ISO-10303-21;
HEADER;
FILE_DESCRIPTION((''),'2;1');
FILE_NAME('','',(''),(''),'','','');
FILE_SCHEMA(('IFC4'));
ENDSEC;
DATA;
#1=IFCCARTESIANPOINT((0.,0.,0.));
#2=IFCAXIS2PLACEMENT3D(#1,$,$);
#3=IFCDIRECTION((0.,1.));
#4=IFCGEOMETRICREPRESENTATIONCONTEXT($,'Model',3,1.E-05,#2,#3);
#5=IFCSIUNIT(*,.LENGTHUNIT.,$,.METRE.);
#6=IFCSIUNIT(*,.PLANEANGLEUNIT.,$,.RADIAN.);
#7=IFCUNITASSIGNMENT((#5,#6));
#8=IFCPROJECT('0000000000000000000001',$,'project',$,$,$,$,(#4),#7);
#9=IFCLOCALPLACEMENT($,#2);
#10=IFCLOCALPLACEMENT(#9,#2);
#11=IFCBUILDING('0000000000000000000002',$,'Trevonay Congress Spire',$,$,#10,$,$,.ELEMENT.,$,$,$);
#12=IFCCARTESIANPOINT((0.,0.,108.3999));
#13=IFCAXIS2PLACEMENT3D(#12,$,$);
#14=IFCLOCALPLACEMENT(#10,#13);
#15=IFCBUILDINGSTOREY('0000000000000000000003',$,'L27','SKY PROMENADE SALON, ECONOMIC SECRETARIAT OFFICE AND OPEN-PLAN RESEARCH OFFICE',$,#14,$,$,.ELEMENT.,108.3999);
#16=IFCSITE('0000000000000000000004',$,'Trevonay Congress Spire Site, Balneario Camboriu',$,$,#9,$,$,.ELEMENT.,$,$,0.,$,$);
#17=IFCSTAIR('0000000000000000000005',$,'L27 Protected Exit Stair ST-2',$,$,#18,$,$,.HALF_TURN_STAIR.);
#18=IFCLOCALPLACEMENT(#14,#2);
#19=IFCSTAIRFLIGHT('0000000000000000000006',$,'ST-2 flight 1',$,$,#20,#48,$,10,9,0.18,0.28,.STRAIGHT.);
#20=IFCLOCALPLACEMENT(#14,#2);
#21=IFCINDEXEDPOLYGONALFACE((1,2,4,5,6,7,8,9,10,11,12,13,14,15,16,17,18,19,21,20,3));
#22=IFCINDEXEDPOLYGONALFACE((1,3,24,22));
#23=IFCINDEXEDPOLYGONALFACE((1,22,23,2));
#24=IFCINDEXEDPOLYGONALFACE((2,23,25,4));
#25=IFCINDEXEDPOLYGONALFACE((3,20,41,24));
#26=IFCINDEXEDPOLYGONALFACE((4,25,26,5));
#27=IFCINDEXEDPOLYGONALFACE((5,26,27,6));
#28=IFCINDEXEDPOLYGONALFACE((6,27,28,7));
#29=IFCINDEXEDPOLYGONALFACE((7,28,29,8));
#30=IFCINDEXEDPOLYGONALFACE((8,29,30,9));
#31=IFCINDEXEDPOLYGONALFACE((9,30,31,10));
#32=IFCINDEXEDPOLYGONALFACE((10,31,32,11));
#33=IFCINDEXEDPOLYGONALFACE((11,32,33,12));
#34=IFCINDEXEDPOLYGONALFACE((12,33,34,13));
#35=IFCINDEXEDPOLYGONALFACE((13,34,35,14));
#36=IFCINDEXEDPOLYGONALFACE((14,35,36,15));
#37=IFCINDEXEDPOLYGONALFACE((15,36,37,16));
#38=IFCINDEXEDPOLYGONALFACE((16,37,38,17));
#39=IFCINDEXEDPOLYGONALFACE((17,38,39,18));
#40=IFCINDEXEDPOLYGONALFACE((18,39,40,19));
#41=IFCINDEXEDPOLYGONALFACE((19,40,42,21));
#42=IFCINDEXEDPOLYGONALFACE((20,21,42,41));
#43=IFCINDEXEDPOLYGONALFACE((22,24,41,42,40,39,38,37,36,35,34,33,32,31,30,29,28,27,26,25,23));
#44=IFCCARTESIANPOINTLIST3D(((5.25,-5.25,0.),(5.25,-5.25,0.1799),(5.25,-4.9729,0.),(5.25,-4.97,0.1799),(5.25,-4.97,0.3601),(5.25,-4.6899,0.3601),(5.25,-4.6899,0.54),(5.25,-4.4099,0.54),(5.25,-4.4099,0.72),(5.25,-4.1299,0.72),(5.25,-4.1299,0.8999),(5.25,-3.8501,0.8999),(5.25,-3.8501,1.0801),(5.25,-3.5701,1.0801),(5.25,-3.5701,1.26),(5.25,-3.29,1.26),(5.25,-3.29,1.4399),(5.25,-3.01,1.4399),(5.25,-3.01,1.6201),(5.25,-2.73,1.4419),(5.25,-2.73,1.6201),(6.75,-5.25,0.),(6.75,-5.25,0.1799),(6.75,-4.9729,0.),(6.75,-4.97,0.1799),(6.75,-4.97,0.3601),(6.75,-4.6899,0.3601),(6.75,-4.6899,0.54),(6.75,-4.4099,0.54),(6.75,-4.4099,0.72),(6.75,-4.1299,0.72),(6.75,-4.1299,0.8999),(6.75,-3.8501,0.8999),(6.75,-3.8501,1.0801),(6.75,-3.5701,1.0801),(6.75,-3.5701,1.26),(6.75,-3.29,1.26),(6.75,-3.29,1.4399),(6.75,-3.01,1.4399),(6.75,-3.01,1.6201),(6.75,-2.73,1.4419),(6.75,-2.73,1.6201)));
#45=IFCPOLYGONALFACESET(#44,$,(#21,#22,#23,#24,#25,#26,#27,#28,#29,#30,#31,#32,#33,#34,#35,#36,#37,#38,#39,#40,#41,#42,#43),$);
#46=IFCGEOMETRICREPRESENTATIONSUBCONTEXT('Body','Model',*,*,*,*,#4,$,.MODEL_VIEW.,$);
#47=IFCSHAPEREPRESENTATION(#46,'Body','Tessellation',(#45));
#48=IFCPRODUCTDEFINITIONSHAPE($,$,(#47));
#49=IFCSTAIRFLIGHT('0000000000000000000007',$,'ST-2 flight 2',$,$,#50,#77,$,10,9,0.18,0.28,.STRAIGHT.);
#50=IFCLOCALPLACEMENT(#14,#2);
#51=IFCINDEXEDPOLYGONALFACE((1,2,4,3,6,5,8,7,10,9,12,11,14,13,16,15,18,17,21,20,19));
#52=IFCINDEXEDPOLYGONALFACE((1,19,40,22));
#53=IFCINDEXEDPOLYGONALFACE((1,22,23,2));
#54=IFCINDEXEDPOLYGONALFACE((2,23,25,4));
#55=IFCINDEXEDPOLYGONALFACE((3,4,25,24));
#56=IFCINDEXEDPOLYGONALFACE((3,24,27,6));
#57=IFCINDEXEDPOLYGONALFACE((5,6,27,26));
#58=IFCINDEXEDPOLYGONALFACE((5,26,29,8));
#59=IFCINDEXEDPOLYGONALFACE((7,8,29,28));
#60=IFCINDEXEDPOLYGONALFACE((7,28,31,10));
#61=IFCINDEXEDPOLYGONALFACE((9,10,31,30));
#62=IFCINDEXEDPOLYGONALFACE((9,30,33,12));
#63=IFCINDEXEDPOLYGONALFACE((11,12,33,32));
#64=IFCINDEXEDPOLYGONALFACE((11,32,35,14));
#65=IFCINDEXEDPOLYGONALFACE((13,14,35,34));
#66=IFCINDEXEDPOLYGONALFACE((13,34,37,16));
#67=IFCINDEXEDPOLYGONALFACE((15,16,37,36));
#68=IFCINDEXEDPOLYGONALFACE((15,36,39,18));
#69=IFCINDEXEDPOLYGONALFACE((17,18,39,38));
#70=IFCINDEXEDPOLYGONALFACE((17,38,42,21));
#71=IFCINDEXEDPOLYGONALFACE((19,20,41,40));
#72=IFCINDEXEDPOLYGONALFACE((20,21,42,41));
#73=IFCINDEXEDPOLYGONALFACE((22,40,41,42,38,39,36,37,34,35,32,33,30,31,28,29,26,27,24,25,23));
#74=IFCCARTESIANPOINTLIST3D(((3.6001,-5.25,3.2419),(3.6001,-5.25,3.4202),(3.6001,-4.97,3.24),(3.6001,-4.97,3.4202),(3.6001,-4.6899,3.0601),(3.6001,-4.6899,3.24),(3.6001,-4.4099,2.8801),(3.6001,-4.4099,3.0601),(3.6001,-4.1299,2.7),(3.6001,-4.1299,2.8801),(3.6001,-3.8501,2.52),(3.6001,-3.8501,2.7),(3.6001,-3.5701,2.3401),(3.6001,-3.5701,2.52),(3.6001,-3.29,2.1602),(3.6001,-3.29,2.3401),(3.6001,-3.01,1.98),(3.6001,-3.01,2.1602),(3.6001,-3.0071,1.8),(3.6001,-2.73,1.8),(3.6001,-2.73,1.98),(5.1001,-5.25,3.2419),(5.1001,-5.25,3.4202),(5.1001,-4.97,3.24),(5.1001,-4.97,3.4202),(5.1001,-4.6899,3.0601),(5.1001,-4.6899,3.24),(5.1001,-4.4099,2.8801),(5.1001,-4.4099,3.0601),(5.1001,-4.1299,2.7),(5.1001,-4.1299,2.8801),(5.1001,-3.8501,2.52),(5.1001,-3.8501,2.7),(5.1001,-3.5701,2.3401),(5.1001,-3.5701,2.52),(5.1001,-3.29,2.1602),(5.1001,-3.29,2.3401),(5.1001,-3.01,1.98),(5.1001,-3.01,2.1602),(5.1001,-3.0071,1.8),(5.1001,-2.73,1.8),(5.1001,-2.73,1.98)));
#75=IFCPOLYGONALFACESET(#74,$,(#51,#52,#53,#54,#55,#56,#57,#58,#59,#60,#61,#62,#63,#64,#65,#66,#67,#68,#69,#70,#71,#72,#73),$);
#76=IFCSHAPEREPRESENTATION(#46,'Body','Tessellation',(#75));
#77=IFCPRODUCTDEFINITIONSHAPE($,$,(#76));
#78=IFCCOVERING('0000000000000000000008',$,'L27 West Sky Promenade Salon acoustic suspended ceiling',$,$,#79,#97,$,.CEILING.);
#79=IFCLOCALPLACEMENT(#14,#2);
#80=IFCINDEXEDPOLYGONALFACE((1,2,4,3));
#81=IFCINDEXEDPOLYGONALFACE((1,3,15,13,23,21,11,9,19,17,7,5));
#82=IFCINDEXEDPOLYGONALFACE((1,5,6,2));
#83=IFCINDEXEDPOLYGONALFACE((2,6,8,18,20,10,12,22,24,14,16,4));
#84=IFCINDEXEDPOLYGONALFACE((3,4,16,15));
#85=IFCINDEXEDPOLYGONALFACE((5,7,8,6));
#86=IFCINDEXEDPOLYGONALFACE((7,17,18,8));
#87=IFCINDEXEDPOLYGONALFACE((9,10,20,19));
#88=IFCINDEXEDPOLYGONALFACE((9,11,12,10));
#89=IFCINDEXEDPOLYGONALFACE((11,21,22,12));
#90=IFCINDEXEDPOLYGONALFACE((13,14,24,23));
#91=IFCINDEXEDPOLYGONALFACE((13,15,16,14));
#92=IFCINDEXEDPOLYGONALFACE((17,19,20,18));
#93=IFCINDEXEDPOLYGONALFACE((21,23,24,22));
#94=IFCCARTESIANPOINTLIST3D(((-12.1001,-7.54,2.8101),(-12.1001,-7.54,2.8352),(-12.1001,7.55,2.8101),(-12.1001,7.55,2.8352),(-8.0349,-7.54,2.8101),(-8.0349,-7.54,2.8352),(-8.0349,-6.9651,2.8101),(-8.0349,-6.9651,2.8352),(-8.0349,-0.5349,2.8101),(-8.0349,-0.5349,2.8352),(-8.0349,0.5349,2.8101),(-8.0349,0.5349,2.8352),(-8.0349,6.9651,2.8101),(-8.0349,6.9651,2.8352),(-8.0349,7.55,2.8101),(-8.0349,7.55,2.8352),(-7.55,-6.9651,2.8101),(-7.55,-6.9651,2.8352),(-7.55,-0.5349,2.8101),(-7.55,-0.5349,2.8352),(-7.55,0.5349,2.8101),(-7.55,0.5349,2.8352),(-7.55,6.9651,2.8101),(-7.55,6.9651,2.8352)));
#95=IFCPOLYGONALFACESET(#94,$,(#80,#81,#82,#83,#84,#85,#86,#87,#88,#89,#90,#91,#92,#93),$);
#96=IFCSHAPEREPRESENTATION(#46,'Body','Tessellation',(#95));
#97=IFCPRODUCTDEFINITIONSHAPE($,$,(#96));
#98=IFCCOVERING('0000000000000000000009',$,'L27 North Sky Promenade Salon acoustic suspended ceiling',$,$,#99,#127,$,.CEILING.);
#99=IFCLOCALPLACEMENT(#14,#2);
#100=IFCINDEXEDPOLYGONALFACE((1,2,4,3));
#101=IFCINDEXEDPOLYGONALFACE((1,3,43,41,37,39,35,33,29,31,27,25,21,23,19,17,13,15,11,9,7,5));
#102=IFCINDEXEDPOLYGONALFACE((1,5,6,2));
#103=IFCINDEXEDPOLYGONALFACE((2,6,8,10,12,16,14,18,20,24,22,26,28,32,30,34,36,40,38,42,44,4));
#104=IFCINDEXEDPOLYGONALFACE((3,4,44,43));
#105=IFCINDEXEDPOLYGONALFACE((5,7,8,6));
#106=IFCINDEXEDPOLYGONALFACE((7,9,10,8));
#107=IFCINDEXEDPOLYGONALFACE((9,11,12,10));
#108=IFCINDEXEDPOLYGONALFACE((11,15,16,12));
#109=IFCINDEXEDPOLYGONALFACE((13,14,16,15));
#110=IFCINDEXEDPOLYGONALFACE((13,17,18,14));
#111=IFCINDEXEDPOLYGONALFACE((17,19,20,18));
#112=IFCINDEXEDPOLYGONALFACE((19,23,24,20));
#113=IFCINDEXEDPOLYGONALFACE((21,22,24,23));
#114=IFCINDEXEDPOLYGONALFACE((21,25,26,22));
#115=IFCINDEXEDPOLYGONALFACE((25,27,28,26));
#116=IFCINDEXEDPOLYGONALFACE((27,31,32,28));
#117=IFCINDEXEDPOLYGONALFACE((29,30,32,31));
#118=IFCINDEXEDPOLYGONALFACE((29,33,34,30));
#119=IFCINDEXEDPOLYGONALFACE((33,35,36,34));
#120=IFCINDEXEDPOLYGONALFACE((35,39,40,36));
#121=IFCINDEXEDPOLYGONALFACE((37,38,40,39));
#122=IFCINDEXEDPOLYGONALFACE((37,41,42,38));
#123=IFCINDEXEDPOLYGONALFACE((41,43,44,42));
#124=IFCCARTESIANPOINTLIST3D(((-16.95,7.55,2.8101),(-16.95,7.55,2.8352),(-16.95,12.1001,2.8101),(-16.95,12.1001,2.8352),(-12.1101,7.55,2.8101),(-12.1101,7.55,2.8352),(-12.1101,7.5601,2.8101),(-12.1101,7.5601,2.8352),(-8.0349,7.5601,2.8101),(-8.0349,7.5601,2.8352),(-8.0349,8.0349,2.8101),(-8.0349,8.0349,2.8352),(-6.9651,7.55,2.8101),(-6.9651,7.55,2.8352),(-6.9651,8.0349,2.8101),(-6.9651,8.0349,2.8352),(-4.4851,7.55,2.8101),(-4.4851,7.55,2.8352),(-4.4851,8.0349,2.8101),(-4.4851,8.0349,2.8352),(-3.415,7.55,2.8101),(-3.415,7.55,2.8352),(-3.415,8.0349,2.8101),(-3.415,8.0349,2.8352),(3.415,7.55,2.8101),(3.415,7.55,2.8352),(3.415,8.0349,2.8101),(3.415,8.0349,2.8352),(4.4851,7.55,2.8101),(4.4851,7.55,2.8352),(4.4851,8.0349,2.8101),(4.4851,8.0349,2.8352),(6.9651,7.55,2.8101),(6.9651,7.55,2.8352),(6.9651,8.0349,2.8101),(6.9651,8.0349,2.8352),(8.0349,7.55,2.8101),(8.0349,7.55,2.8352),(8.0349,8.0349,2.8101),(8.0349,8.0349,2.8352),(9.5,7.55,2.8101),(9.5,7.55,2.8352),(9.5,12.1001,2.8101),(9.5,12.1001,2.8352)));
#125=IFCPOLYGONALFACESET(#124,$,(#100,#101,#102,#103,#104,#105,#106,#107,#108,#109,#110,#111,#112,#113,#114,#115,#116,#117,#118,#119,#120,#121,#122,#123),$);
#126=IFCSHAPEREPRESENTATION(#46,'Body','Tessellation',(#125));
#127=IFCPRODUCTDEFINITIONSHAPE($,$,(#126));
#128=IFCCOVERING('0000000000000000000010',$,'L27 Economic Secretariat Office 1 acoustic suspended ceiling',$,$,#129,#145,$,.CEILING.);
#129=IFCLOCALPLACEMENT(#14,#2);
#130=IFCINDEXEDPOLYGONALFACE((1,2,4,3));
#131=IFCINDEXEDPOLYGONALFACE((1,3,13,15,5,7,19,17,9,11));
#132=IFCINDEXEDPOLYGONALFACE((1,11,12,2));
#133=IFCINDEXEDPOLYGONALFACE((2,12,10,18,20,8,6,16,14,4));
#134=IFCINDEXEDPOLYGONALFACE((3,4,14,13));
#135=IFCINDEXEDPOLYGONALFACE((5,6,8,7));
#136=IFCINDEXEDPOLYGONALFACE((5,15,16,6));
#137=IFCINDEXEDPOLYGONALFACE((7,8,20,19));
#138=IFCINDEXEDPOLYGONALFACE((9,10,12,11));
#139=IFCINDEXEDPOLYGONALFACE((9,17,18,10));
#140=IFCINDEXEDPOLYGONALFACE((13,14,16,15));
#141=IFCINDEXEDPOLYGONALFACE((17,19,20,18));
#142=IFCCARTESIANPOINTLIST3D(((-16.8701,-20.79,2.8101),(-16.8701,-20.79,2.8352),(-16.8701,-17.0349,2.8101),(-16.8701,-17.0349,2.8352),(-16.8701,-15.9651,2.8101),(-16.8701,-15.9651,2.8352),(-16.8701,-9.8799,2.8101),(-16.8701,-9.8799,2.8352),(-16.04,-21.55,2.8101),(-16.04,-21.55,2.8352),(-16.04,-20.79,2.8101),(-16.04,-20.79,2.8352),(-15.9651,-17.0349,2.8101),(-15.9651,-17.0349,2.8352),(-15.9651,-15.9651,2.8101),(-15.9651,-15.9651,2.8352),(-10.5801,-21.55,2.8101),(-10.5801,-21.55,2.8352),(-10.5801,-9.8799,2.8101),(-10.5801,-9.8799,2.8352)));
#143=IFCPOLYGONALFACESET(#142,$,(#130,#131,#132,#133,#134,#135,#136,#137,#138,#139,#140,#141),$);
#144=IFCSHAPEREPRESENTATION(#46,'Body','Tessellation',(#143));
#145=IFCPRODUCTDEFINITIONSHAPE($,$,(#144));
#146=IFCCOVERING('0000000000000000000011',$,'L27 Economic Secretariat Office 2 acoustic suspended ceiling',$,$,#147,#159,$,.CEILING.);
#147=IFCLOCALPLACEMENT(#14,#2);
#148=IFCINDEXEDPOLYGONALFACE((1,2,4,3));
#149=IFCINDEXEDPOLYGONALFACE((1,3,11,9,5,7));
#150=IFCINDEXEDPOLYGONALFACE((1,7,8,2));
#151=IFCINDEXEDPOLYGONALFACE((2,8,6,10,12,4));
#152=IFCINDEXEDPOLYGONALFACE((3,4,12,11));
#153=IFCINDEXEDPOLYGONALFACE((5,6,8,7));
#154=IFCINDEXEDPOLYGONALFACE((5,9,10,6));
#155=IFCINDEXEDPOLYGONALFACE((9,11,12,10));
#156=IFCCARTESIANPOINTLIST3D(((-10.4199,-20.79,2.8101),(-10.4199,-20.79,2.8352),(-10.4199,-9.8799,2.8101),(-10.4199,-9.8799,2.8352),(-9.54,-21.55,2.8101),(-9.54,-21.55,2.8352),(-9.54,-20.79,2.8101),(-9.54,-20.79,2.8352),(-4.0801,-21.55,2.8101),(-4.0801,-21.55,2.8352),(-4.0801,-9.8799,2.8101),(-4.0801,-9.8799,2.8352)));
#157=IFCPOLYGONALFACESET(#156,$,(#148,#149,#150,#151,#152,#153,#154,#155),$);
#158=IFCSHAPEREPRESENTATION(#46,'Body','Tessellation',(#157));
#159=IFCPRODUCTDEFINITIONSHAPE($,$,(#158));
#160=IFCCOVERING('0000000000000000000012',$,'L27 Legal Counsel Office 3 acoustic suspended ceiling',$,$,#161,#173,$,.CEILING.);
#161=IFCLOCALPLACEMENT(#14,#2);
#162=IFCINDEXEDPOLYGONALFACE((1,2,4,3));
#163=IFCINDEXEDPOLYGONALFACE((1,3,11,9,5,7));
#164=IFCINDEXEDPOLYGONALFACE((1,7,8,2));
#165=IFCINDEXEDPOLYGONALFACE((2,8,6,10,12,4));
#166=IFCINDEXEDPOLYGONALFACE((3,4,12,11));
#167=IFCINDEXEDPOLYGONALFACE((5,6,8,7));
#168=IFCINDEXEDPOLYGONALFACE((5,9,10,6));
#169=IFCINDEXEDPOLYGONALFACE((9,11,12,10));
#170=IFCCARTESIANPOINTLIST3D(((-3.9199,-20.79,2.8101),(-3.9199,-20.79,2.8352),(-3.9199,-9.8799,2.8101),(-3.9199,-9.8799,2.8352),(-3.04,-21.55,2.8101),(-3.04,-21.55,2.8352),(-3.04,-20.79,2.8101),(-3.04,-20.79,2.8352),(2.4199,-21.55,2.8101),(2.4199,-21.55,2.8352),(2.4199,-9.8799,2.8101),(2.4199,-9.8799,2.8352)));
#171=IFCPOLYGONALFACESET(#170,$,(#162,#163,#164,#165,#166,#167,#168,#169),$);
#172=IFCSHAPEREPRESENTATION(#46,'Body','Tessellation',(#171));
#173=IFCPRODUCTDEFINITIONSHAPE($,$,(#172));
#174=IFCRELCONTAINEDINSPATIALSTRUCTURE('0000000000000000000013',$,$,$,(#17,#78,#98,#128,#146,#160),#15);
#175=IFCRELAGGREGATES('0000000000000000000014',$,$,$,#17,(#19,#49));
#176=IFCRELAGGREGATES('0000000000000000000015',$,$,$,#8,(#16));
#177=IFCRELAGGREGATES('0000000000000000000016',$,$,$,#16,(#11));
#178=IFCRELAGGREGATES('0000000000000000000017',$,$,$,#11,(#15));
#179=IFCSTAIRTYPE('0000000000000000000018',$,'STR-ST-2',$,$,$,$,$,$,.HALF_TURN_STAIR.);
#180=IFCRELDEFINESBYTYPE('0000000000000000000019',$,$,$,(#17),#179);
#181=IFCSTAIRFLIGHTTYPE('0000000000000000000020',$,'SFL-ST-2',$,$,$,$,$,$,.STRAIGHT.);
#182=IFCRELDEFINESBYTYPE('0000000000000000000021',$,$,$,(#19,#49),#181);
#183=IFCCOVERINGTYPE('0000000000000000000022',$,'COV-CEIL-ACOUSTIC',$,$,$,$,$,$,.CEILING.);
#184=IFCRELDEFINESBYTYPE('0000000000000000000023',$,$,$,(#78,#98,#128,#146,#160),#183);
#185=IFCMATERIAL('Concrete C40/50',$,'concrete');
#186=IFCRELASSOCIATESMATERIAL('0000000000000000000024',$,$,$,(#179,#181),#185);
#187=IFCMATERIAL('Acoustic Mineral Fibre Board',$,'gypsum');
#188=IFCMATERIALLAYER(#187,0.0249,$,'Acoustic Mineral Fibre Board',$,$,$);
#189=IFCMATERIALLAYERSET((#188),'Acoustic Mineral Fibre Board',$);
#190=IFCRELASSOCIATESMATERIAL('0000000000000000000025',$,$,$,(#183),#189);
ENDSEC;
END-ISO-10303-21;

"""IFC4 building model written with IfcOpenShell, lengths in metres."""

from ifc_helpers import new_model, si_unit, direction, frame, origin, place, context, subcontext, project, spatial, polyline, outline, extrude, material, layer, layer_set, type_object, element, aggregate, save


model = new_model("IFC4")

# Units and contexts
model_context = context("Model", 3, precision=1e-05, world=origin(), true_north=direction((0.0, 1.0)))
body_context = subcontext(model_context, "Body", "Model", "MODEL_VIEW")
ifc_project = project(units=[si_unit("LENGTHUNIT", "METRE"), si_unit("PLANEANGLEUNIT", "RADIAN")], contexts=[model_context])

# Site, building, storey
site_placement = place(None, origin())
site = spatial("IfcSite", under=ifc_project, at=site_placement, Name="Trevonay Congress Spire Site, Balneario Camboriu", CompositionType="ELEMENT", RefElevation=0.0)
building_placement = place(site_placement, origin())
building = spatial("IfcBuilding", under=site, at=building_placement, Name="Trevonay Congress Spire", CompositionType="ELEMENT")
storey_placement = place(building_placement, frame((0.0, 0.0, 108.3999)))
storey = spatial("IfcBuildingStorey", under=building, at=storey_placement, Name="L27", Description="SKY PROMENADE SALON, ECONOMIC SECRETARIAT OFFICE AND OPEN-PLAN RESEARCH OFFICE", CompositionType="ELEMENT", Elevation=108.3999)

# Shared definitions
ifc_material_1 = material(Name="Concrete C40/50", Category="concrete")

# Stair, stair flights
stair_type = type_object("IfcStairType", Name="STR-ST-2", PredefinedType="HALF_TURN_STAIR", material=ifc_material_1)
stair_placement = place(storey_placement, origin())
stair = element("IfcStair", 1, at=stair_placement, inside=storey, type_object=stair_type, Name="L27 Protected Exit Stair ST-2", PredefinedType="HALF_TURN_STAIR")
stair_flight_type = type_object("IfcStairFlightType", Name="SFL-ST-2", PredefinedType="STRAIGHT", material=ifc_material_1)
stair_flight_1_placement = place(storey_placement, frame((6.0, -5.25, 0.0), z_axis=(0.0, 0.0, 1.0), x_axis=(0.0, 1.0, 0.0)))
stair_flight_1 = element("IfcStairFlight", 2, at=stair_flight_1_placement, type_object=stair_flight_type, Name="ST-2 flight 1", NumberOfRisers=10, NumberOfTreads=9, PredefinedType="STRAIGHT", RiserHeight=0.18, TreadLength=0.28, context=body_context, shape_type="SweptSolid", body=[
    extrude(outline(polyline([(0.0, 0.0), (0.0, 0.1799), (0.28, 0.1799), (0.28, 0.3601), (0.5601, 0.3601), (0.5601, 0.54), (0.8401, 0.54), (0.8401, 0.72), (1.1201, 0.72), (1.1201, 0.8999), (1.3999, 0.8999), (1.3999, 1.0801), (1.6799, 1.0801), (1.6799, 1.26), (1.96, 1.26), (1.96, 1.4399), (2.24, 1.4399), (2.24, 1.6201), (2.52, 1.6201), (2.52, 1.8), (2.52, 1.4419), (0.2771, 0.0), (0.0, 0.0)])), frame((0.0, 0.75, 0.0), z_axis=(0.0, -1.0, 0.0), x_axis=(1.0, 0.0, 0.0)), (0.0, 0.0, 1.0), 1.5),
])
stair_flight_2_placement = place(storey_placement, frame((4.3501, -2.73, 1.8), z_axis=(0.0, 0.0, 1.0), x_axis=(0.0, -1.0, 0.0)))
stair_flight_2 = element("IfcStairFlight", 3, at=stair_flight_2_placement, type_object=stair_flight_type, Name="ST-2 flight 2", NumberOfRisers=10, NumberOfTreads=9, PredefinedType="STRAIGHT", RiserHeight=0.18, TreadLength=0.28, context=body_context, shape_type="SweptSolid", body=[
    extrude(outline(polyline([(0.0, 0.0), (0.0, 0.1799), (0.28, 0.1799), (0.28, 0.3601), (0.5601, 0.3601), (0.5601, 0.54), (0.8401, 0.54), (0.8401, 0.72), (1.1201, 0.72), (1.1201, 0.8999), (1.3999, 0.8999), (1.3999, 1.0801), (1.6799, 1.0801), (1.6799, 1.26), (1.96, 1.26), (1.96, 1.4399), (2.24, 1.4399), (2.24, 1.6201), (2.52, 1.6201), (2.52, 1.8), (2.52, 1.4419), (0.2771, 0.0), (0.0, 0.0)])), frame((0.0, 0.75, 0.0), z_axis=(0.0, -1.0, 0.0), x_axis=(1.0, 0.0, 0.0)), (0.0, 0.0, 1.0), 1.5),
])
aggregate(stair, [stair_flight_1, stair_flight_2])

# Coverings
ifc_material_2 = material(Name="Acoustic Mineral Fibre Board", Category="gypsum")
ifc_layer_1 = layer(ifc_material_2, 0.0249, Name="Acoustic Mineral Fibre Board")
ifc_layer_set_1 = layer_set([ifc_layer_1], Name="Acoustic Mineral Fibre Board")
covering_type_1 = type_object("IfcCoveringType", Name="COV-CEIL-ACOUSTIC", PredefinedType="CEILING", material=ifc_layer_set_1)
covering_1_placement = place(storey_placement, frame((0.0, 0.0, 2.8101)))
element("IfcCovering", 4, at=covering_1_placement, inside=storey, type_object=covering_type_1, Name="L27 West Sky Promenade Salon acoustic suspended ceiling", PredefinedType="CEILING", context=body_context, shape_type="SweptSolid", body=[
    extrude(outline(polyline([(-12.1001, 7.55), (-8.0349, 7.55), (-8.0349, 6.9651), (-7.55, 6.9651), (-7.55, 0.5349), (-8.0349, 0.5349), (-8.0349, -0.5349), (-7.55, -0.5349), (-7.55, -6.9651), (-8.0349, -6.9651), (-8.0349, -7.54), (-12.1001, -7.54), (-12.1001, 7.55)])), origin(), (0.0, 0.0, 1.0), 0.0251),
])
covering_2_placement = place(storey_placement, frame((0.0, 0.0, 2.8101)))
element("IfcCovering", 5, at=covering_2_placement, inside=storey, type_object=covering_type_1, Name="L27 North Sky Promenade Salon acoustic suspended ceiling", PredefinedType="CEILING", context=body_context, shape_type="SweptSolid", body=[
    extrude(outline(polyline([(-16.95, 12.1001), (9.5, 12.1001), (9.5, 7.55), (8.0349, 7.55), (8.0349, 8.0349), (6.9651, 8.0349), (6.9651, 7.55), (4.4851, 7.55), (4.4851, 8.0349), (3.415, 8.0349), (3.415, 7.55), (-3.415, 7.55), (-3.415, 8.0349), (-4.4851, 8.0349), (-4.4851, 7.55), (-6.9651, 7.55), (-6.9651, 8.0349), (-8.0349, 8.0349), (-8.0349, 7.5601), (-12.1101, 7.5601), (-12.1101, 7.55), (-16.95, 7.55), (-16.95, 12.1001)])), origin(), (0.0, 0.0, 1.0), 0.0251),
])
covering_3_placement = place(storey_placement, frame((0.0, 0.0, 2.8101)))
element("IfcCovering", 6, at=covering_3_placement, inside=storey, type_object=covering_type_1, Name="L27 Economic Secretariat Office 1 acoustic suspended ceiling", PredefinedType="CEILING", context=body_context, shape_type="SweptSolid", body=[
    extrude(outline(polyline([(-16.8701, -9.8799), (-10.5801, -9.8799), (-10.5801, -21.55), (-16.04, -21.55), (-16.04, -20.79), (-16.8701, -20.79), (-16.8701, -17.0349), (-15.9651, -17.0349), (-15.9651, -15.9651), (-16.8701, -15.9651), (-16.8701, -9.8799)])), origin(), (0.0, 0.0, 1.0), 0.0251),
])
covering_4_placement = place(storey_placement, frame((0.0, 0.0, 2.8101)))
element("IfcCovering", 7, at=covering_4_placement, inside=storey, type_object=covering_type_1, Name="L27 Economic Secretariat Office 2 acoustic suspended ceiling", PredefinedType="CEILING", context=body_context, shape_type="SweptSolid", body=[
    extrude(outline(polyline([(-10.4199, -9.8799), (-4.0801, -9.8799), (-4.0801, -21.55), (-9.54, -21.55), (-9.54, -20.79), (-10.4199, -20.79), (-10.4199, -9.8799)])), origin(), (0.0, 0.0, 1.0), 0.0251),
])
covering_5_placement = place(storey_placement, frame((0.0, 0.0, 2.8101)))
element("IfcCovering", 8, at=covering_5_placement, inside=storey, type_object=covering_type_1, Name="L27 Legal Counsel Office 3 acoustic suspended ceiling", PredefinedType="CEILING", context=body_context, shape_type="SweptSolid", body=[
    extrude(outline(polyline([(-3.9199, -9.8799), (2.4199, -9.8799), (2.4199, -21.55), (-3.04, -21.55), (-3.04, -20.79), (-3.9199, -20.79), (-3.9199, -9.8799)])), origin(), (0.0, 0.0, 1.0), 0.0251),
])

save(model, "model.ifc")
